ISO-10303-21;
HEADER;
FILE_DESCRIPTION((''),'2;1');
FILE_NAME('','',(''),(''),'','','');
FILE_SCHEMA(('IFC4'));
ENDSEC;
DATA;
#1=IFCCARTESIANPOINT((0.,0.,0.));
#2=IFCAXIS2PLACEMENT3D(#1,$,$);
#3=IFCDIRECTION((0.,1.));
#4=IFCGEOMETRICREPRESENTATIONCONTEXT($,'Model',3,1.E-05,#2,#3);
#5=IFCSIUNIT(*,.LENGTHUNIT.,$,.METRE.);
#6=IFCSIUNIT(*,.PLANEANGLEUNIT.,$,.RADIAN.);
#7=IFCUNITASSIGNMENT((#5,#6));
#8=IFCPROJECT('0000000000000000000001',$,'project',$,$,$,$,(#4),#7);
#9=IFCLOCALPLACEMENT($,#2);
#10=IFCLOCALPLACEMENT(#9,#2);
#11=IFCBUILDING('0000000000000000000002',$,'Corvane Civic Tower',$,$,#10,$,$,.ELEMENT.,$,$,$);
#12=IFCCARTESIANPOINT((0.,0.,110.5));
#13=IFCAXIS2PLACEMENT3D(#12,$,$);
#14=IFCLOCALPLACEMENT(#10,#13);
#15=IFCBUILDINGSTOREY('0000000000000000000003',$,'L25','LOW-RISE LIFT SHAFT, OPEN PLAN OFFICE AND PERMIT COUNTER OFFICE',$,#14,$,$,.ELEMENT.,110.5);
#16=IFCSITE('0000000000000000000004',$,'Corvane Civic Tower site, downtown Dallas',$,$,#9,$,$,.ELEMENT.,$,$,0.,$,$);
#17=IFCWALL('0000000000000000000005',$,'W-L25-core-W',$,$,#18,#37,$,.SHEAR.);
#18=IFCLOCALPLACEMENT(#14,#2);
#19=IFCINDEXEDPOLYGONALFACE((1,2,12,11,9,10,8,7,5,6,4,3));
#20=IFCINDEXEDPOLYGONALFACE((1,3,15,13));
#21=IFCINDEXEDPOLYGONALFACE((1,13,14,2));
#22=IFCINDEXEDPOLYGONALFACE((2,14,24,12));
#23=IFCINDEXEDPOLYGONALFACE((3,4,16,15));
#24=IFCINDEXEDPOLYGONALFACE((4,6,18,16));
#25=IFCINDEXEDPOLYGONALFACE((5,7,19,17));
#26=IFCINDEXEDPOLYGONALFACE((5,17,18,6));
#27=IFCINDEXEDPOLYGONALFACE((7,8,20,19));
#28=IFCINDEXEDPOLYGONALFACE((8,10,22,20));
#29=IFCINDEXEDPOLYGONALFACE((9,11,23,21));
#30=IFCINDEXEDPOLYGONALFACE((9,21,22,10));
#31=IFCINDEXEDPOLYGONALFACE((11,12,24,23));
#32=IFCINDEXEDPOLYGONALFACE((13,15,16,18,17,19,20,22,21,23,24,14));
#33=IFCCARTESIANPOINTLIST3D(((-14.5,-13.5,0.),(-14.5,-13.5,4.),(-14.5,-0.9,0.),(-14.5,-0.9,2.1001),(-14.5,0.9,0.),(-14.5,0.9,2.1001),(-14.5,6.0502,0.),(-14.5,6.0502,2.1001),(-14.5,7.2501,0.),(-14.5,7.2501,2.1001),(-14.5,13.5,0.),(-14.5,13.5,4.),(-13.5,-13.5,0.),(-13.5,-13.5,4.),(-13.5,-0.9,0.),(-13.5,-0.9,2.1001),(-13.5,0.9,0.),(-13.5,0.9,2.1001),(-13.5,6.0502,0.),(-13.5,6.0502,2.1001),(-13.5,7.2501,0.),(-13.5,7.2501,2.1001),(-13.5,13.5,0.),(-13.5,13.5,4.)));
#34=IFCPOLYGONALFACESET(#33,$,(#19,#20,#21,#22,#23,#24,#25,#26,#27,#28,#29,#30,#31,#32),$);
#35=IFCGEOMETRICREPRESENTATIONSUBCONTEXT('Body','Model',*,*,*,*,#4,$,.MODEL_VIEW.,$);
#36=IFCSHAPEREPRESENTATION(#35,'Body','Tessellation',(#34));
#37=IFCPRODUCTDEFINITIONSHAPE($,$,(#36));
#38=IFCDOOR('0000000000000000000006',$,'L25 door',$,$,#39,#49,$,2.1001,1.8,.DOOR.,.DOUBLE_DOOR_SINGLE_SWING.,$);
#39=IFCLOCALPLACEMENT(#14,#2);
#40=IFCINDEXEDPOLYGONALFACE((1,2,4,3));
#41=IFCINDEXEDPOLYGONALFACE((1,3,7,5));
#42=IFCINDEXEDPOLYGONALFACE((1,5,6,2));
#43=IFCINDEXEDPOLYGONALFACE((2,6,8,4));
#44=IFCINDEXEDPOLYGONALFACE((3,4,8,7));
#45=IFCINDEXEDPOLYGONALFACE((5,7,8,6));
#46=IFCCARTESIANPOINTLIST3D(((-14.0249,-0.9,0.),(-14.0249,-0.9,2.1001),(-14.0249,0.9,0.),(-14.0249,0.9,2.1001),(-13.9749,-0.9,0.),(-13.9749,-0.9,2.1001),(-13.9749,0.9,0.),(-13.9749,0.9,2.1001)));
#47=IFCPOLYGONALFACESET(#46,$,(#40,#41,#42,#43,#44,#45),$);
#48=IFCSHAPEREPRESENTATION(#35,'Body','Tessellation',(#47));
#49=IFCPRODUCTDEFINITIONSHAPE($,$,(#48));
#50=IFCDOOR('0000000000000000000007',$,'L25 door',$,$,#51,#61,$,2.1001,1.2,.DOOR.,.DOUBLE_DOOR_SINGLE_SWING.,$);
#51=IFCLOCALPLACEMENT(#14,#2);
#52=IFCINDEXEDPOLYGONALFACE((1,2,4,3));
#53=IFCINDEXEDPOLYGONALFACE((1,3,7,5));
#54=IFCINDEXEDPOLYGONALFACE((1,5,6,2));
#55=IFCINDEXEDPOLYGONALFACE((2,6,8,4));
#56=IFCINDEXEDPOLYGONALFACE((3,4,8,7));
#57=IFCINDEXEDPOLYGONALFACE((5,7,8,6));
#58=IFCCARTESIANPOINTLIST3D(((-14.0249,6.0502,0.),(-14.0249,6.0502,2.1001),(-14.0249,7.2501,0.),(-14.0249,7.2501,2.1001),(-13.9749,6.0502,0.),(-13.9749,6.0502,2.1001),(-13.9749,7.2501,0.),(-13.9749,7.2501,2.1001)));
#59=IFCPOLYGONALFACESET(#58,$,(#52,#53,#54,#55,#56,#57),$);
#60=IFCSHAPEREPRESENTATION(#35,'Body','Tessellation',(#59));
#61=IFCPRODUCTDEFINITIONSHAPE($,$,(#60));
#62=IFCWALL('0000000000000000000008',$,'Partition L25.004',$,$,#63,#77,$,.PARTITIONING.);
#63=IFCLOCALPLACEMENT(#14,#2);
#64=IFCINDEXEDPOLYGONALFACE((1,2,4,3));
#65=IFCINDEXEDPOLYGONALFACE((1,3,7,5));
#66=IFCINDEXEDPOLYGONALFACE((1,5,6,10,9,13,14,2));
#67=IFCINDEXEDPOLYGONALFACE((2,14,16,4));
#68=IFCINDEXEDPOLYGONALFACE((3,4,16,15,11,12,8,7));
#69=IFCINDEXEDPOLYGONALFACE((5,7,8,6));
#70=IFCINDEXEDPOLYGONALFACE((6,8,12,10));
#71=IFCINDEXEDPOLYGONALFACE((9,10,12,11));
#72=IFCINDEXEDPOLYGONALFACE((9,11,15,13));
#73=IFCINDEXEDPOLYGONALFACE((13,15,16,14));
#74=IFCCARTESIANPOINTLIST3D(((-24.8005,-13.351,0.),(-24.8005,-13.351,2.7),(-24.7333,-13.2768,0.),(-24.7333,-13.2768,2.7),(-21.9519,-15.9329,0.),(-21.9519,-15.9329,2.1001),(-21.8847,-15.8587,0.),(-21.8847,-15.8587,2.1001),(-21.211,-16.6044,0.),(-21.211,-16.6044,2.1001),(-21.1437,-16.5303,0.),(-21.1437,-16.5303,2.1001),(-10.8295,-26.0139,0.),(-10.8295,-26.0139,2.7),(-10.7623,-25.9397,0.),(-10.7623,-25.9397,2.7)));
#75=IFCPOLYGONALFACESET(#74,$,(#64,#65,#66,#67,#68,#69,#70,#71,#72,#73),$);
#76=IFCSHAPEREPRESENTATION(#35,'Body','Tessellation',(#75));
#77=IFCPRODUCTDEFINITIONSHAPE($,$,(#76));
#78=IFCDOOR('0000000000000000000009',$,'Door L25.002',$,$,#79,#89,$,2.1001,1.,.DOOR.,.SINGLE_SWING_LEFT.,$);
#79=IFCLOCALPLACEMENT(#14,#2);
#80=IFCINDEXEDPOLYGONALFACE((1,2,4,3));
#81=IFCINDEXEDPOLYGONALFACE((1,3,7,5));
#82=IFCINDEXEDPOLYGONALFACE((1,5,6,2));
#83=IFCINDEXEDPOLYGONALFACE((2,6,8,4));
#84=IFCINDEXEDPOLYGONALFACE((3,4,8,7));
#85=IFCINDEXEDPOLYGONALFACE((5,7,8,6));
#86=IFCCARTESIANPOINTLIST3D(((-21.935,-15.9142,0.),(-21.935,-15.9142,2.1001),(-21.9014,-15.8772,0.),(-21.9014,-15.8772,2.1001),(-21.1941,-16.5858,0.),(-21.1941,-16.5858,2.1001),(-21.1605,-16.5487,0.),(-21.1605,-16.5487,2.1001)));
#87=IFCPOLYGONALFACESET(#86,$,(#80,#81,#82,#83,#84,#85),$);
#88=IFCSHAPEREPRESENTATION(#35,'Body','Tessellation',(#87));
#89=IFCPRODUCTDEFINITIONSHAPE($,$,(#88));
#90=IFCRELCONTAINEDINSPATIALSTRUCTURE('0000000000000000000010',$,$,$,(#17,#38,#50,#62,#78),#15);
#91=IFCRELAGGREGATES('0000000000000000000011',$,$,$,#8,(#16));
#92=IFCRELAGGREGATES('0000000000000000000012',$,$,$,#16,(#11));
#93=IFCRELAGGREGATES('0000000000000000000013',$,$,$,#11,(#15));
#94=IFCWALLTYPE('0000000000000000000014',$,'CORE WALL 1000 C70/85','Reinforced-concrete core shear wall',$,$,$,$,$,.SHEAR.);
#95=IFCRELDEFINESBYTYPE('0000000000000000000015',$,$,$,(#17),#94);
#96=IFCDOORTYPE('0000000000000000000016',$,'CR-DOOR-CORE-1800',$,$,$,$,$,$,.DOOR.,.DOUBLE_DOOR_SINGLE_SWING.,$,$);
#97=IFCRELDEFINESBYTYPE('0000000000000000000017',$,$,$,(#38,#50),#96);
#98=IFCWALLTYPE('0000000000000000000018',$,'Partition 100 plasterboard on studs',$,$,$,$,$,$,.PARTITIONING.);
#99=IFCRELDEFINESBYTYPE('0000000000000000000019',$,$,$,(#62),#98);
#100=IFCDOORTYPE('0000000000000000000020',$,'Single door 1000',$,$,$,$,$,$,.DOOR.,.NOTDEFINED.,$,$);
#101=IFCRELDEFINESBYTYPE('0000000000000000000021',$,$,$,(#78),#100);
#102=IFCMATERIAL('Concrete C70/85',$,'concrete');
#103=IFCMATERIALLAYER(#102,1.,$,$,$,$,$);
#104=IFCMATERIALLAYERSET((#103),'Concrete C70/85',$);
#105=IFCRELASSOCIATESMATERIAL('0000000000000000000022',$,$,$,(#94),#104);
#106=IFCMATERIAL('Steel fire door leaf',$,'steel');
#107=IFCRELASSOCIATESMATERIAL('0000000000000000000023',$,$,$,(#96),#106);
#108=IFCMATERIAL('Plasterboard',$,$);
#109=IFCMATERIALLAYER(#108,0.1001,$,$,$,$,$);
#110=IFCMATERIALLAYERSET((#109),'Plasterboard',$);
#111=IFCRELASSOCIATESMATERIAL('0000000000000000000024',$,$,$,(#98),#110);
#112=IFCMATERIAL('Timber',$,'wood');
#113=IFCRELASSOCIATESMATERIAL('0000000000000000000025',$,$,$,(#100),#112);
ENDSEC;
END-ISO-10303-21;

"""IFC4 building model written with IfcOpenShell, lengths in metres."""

from ifc_helpers import new_model, si_unit, direction, frame, frame_2d, origin, place, context, subcontext, project, spatial, rectangle, extrude, material, layer, layer_set, type_object, element, fill, save


model = new_model("IFC4")

# Units and contexts
model_context = context("Model", 3, precision=1e-05, world=origin(), true_north=direction((0.0, 1.0)))
body_context = subcontext(model_context, "Body", "Model", "MODEL_VIEW")
ifc_project = project(units=[si_unit("LENGTHUNIT", "METRE"), si_unit("PLANEANGLEUNIT", "RADIAN")], contexts=[model_context])

# Site, building, storey
site_placement = place(None, origin())
site = spatial("IfcSite", under=ifc_project, at=site_placement, Name="Corvane Civic Tower site, downtown Dallas", CompositionType="ELEMENT", RefElevation=0.0)
building_placement = place(site_placement, origin())
building = spatial("IfcBuilding", under=site, at=building_placement, Name="Corvane Civic Tower", CompositionType="ELEMENT")
storey_placement = place(building_placement, frame((0.0, 0.0, 110.5)))
storey = spatial("IfcBuildingStorey", under=building, at=storey_placement, Name="L25", Description="LOW-RISE LIFT SHAFT, OPEN PLAN OFFICE AND PERMIT COUNTER OFFICE", CompositionType="ELEMENT", Elevation=110.5)

# Shared definitions
ifc_material_1 = material(Name="Concrete C70/85", Category="concrete")
ifc_layer_1 = layer(ifc_material_1, 1.0)
ifc_layer_set_1 = layer_set([ifc_layer_1], Name="Concrete C70/85")
wall_type_1 = type_object("IfcWallType", Name="CORE WALL 1000 C70/85", Description="Reinforced-concrete core shear wall", PredefinedType="SHEAR", material=ifc_layer_set_1)

# Wall, openings, doors
wall_1_placement = place(storey_placement, frame((-14.0, -13.5, 0.0), z_axis=(0.0, 0.0, 1.0), x_axis=(0.0, 1.0, 0.0)))
wall_1 = element("IfcWall", 1, at=wall_1_placement, inside=storey, type_object=wall_type_1, Name="W-L25-core-W", PredefinedType="SHEAR", context=body_context, shape_type="SweptSolid", body=[
    extrude(rectangle(XDim=27.0, YDim=1.0, at=frame_2d((13.5, 0.0))), origin(), (0.0, 0.0, 1.0), 4.0),
])
opening_1_placement = place(wall_1_placement, frame((12.6001, 0.0, 0.0)))
opening_1 = element("IfcOpeningElement", 2, at=opening_1_placement, cuts=wall_1, PredefinedType="OPENING", context=body_context, shape_type="SweptSolid", body=[
    extrude(rectangle(XDim=1.8, YDim=2.1001, at=frame_2d((0.8999, 1.05))), frame((0.0, 0.51, 0.0), z_axis=(0.0, -1.0, 0.0), x_axis=(1.0, 0.0, 0.0)), (0.0, 0.0, 1.0), 1.02),
])
opening_2_placement = place(wall_1_placement, frame((19.55, 0.0, 0.0)))
opening_2 = element("IfcOpeningElement", 3, at=opening_2_placement, cuts=wall_1, PredefinedType="OPENING", context=body_context, shape_type="SweptSolid", body=[
    extrude(rectangle(XDim=1.2, YDim=2.1001, at=frame_2d((0.6001, 1.05))), frame((0.0, 0.51, 0.0), z_axis=(0.0, -1.0, 0.0), x_axis=(1.0, 0.0, 0.0)), (0.0, 0.0, 1.0), 1.02),
])
ifc_material_2 = material(Name="Steel fire door leaf", Category="steel")
door_type_1 = type_object("IfcDoorType", Name="CR-DOOR-CORE-1800", OperationType="DOUBLE_DOOR_SINGLE_SWING", PredefinedType="DOOR", material=ifc_material_2)
door_1_placement = place(opening_1_placement, origin())
door_1 = element("IfcDoor", 4, at=door_1_placement, inside=storey, type_object=door_type_1, Name="L25 door", OperationType="DOUBLE_DOOR_SINGLE_SWING", OverallHeight=2.1001, OverallWidth=1.8, PredefinedType="DOOR", context=body_context, shape_type="SweptSolid", body=[
    extrude(rectangle(XDim=1.8, YDim=2.1001, at=frame_2d((0.8999, 1.05))), frame((0.0, 0.0249, 0.0), z_axis=(0.0, -1.0, 0.0), x_axis=(1.0, 0.0, 0.0)), (0.0, 0.0, 1.0), 0.05),
])
fill(opening_1, door_1)
door_2_placement = place(opening_2_placement, origin())
door_2 = element("IfcDoor", 5, at=door_2_placement, inside=storey, type_object=door_type_1, Name="L25 door", OperationType="DOUBLE_DOOR_SINGLE_SWING", OverallHeight=2.1001, OverallWidth=1.2, PredefinedType="DOOR", context=body_context, shape_type="SweptSolid", body=[
    extrude(rectangle(XDim=1.2, YDim=2.1001, at=frame_2d((0.6001, 1.05))), frame((0.0, 0.0249, 0.0), z_axis=(0.0, -1.0, 0.0), x_axis=(1.0, 0.0, 0.0)), (0.0, 0.0, 1.0), 0.05),
])
fill(opening_2, door_2)

# Wall, opening, door
ifc_material_3 = material(Name="Plasterboard")
ifc_layer_2 = layer(ifc_material_3, 0.1001)
ifc_layer_set_2 = layer_set([ifc_layer_2], Name="Plasterboard")
wall_type_2 = type_object("IfcWallType", Name="Partition 100 plasterboard on studs", PredefinedType="PARTITIONING", material=ifc_layer_set_2)
wall_2_placement = place(storey_placement, frame((-24.7668, -13.314, 0.0), z_axis=(0.0, 0.0, 1.0), x_axis=(0.740943, -0.671568, 0.0)))
wall_2 = element("IfcWall", 6, at=wall_2_placement, inside=storey, type_object=wall_type_2, Name="Partition L25.004", PredefinedType="PARTITIONING", context=body_context, shape_type="SweptSolid", body=[
    extrude(rectangle(XDim=18.8557, YDim=0.1001, at=frame_2d((9.4277, 0.0))), origin(), (0.0, 0.0, 1.0), 2.7),
])
opening_3_placement = place(wall_2_placement, frame((3.8445, 0.0, 0.0)))
opening_3 = element("IfcOpeningElement", 7, at=opening_3_placement, cuts=wall_2, PredefinedType="OPENING", context=body_context, shape_type="SweptSolid", body=[
    extrude(rectangle(XDim=1.0, YDim=2.1001, at=frame_2d((0.5, 1.05))), frame((0.0, 0.0601, 0.0), z_axis=(0.0, -1.0, 0.0), x_axis=(1.0, 0.0, 0.0)), (0.0, 0.0, 1.0), 0.1201),
])
ifc_material_4 = material(Name="Timber", Category="wood")
door_type_2 = type_object("IfcDoorType", Name="Single door 1000", OperationType="NOTDEFINED", PredefinedType="DOOR", material=ifc_material_4)
door_3_placement = place(opening_3_placement, frame((1.0, 0.0, 0.0), z_axis=(0.0, 0.0, 1.0), x_axis=(-1.0, 0.0, 0.0)))
door_3 = element("IfcDoor", 8, at=door_3_placement, inside=storey, type_object=door_type_2, Name="Door L25.002", OperationType="SINGLE_SWING_LEFT", OverallHeight=2.1001, OverallWidth=1.0, PredefinedType="DOOR", context=body_context, shape_type="SweptSolid", body=[
    extrude(rectangle(XDim=1.0, YDim=2.1001, at=frame_2d((0.5, 1.05))), frame((0.0, 0.0249, 0.0), z_axis=(0.0, -1.0, 0.0), x_axis=(1.0, 0.0, 0.0)), (0.0, 0.0, 1.0), 0.05),
])
fill(opening_3, door_3)

save(model, "model.ifc")
